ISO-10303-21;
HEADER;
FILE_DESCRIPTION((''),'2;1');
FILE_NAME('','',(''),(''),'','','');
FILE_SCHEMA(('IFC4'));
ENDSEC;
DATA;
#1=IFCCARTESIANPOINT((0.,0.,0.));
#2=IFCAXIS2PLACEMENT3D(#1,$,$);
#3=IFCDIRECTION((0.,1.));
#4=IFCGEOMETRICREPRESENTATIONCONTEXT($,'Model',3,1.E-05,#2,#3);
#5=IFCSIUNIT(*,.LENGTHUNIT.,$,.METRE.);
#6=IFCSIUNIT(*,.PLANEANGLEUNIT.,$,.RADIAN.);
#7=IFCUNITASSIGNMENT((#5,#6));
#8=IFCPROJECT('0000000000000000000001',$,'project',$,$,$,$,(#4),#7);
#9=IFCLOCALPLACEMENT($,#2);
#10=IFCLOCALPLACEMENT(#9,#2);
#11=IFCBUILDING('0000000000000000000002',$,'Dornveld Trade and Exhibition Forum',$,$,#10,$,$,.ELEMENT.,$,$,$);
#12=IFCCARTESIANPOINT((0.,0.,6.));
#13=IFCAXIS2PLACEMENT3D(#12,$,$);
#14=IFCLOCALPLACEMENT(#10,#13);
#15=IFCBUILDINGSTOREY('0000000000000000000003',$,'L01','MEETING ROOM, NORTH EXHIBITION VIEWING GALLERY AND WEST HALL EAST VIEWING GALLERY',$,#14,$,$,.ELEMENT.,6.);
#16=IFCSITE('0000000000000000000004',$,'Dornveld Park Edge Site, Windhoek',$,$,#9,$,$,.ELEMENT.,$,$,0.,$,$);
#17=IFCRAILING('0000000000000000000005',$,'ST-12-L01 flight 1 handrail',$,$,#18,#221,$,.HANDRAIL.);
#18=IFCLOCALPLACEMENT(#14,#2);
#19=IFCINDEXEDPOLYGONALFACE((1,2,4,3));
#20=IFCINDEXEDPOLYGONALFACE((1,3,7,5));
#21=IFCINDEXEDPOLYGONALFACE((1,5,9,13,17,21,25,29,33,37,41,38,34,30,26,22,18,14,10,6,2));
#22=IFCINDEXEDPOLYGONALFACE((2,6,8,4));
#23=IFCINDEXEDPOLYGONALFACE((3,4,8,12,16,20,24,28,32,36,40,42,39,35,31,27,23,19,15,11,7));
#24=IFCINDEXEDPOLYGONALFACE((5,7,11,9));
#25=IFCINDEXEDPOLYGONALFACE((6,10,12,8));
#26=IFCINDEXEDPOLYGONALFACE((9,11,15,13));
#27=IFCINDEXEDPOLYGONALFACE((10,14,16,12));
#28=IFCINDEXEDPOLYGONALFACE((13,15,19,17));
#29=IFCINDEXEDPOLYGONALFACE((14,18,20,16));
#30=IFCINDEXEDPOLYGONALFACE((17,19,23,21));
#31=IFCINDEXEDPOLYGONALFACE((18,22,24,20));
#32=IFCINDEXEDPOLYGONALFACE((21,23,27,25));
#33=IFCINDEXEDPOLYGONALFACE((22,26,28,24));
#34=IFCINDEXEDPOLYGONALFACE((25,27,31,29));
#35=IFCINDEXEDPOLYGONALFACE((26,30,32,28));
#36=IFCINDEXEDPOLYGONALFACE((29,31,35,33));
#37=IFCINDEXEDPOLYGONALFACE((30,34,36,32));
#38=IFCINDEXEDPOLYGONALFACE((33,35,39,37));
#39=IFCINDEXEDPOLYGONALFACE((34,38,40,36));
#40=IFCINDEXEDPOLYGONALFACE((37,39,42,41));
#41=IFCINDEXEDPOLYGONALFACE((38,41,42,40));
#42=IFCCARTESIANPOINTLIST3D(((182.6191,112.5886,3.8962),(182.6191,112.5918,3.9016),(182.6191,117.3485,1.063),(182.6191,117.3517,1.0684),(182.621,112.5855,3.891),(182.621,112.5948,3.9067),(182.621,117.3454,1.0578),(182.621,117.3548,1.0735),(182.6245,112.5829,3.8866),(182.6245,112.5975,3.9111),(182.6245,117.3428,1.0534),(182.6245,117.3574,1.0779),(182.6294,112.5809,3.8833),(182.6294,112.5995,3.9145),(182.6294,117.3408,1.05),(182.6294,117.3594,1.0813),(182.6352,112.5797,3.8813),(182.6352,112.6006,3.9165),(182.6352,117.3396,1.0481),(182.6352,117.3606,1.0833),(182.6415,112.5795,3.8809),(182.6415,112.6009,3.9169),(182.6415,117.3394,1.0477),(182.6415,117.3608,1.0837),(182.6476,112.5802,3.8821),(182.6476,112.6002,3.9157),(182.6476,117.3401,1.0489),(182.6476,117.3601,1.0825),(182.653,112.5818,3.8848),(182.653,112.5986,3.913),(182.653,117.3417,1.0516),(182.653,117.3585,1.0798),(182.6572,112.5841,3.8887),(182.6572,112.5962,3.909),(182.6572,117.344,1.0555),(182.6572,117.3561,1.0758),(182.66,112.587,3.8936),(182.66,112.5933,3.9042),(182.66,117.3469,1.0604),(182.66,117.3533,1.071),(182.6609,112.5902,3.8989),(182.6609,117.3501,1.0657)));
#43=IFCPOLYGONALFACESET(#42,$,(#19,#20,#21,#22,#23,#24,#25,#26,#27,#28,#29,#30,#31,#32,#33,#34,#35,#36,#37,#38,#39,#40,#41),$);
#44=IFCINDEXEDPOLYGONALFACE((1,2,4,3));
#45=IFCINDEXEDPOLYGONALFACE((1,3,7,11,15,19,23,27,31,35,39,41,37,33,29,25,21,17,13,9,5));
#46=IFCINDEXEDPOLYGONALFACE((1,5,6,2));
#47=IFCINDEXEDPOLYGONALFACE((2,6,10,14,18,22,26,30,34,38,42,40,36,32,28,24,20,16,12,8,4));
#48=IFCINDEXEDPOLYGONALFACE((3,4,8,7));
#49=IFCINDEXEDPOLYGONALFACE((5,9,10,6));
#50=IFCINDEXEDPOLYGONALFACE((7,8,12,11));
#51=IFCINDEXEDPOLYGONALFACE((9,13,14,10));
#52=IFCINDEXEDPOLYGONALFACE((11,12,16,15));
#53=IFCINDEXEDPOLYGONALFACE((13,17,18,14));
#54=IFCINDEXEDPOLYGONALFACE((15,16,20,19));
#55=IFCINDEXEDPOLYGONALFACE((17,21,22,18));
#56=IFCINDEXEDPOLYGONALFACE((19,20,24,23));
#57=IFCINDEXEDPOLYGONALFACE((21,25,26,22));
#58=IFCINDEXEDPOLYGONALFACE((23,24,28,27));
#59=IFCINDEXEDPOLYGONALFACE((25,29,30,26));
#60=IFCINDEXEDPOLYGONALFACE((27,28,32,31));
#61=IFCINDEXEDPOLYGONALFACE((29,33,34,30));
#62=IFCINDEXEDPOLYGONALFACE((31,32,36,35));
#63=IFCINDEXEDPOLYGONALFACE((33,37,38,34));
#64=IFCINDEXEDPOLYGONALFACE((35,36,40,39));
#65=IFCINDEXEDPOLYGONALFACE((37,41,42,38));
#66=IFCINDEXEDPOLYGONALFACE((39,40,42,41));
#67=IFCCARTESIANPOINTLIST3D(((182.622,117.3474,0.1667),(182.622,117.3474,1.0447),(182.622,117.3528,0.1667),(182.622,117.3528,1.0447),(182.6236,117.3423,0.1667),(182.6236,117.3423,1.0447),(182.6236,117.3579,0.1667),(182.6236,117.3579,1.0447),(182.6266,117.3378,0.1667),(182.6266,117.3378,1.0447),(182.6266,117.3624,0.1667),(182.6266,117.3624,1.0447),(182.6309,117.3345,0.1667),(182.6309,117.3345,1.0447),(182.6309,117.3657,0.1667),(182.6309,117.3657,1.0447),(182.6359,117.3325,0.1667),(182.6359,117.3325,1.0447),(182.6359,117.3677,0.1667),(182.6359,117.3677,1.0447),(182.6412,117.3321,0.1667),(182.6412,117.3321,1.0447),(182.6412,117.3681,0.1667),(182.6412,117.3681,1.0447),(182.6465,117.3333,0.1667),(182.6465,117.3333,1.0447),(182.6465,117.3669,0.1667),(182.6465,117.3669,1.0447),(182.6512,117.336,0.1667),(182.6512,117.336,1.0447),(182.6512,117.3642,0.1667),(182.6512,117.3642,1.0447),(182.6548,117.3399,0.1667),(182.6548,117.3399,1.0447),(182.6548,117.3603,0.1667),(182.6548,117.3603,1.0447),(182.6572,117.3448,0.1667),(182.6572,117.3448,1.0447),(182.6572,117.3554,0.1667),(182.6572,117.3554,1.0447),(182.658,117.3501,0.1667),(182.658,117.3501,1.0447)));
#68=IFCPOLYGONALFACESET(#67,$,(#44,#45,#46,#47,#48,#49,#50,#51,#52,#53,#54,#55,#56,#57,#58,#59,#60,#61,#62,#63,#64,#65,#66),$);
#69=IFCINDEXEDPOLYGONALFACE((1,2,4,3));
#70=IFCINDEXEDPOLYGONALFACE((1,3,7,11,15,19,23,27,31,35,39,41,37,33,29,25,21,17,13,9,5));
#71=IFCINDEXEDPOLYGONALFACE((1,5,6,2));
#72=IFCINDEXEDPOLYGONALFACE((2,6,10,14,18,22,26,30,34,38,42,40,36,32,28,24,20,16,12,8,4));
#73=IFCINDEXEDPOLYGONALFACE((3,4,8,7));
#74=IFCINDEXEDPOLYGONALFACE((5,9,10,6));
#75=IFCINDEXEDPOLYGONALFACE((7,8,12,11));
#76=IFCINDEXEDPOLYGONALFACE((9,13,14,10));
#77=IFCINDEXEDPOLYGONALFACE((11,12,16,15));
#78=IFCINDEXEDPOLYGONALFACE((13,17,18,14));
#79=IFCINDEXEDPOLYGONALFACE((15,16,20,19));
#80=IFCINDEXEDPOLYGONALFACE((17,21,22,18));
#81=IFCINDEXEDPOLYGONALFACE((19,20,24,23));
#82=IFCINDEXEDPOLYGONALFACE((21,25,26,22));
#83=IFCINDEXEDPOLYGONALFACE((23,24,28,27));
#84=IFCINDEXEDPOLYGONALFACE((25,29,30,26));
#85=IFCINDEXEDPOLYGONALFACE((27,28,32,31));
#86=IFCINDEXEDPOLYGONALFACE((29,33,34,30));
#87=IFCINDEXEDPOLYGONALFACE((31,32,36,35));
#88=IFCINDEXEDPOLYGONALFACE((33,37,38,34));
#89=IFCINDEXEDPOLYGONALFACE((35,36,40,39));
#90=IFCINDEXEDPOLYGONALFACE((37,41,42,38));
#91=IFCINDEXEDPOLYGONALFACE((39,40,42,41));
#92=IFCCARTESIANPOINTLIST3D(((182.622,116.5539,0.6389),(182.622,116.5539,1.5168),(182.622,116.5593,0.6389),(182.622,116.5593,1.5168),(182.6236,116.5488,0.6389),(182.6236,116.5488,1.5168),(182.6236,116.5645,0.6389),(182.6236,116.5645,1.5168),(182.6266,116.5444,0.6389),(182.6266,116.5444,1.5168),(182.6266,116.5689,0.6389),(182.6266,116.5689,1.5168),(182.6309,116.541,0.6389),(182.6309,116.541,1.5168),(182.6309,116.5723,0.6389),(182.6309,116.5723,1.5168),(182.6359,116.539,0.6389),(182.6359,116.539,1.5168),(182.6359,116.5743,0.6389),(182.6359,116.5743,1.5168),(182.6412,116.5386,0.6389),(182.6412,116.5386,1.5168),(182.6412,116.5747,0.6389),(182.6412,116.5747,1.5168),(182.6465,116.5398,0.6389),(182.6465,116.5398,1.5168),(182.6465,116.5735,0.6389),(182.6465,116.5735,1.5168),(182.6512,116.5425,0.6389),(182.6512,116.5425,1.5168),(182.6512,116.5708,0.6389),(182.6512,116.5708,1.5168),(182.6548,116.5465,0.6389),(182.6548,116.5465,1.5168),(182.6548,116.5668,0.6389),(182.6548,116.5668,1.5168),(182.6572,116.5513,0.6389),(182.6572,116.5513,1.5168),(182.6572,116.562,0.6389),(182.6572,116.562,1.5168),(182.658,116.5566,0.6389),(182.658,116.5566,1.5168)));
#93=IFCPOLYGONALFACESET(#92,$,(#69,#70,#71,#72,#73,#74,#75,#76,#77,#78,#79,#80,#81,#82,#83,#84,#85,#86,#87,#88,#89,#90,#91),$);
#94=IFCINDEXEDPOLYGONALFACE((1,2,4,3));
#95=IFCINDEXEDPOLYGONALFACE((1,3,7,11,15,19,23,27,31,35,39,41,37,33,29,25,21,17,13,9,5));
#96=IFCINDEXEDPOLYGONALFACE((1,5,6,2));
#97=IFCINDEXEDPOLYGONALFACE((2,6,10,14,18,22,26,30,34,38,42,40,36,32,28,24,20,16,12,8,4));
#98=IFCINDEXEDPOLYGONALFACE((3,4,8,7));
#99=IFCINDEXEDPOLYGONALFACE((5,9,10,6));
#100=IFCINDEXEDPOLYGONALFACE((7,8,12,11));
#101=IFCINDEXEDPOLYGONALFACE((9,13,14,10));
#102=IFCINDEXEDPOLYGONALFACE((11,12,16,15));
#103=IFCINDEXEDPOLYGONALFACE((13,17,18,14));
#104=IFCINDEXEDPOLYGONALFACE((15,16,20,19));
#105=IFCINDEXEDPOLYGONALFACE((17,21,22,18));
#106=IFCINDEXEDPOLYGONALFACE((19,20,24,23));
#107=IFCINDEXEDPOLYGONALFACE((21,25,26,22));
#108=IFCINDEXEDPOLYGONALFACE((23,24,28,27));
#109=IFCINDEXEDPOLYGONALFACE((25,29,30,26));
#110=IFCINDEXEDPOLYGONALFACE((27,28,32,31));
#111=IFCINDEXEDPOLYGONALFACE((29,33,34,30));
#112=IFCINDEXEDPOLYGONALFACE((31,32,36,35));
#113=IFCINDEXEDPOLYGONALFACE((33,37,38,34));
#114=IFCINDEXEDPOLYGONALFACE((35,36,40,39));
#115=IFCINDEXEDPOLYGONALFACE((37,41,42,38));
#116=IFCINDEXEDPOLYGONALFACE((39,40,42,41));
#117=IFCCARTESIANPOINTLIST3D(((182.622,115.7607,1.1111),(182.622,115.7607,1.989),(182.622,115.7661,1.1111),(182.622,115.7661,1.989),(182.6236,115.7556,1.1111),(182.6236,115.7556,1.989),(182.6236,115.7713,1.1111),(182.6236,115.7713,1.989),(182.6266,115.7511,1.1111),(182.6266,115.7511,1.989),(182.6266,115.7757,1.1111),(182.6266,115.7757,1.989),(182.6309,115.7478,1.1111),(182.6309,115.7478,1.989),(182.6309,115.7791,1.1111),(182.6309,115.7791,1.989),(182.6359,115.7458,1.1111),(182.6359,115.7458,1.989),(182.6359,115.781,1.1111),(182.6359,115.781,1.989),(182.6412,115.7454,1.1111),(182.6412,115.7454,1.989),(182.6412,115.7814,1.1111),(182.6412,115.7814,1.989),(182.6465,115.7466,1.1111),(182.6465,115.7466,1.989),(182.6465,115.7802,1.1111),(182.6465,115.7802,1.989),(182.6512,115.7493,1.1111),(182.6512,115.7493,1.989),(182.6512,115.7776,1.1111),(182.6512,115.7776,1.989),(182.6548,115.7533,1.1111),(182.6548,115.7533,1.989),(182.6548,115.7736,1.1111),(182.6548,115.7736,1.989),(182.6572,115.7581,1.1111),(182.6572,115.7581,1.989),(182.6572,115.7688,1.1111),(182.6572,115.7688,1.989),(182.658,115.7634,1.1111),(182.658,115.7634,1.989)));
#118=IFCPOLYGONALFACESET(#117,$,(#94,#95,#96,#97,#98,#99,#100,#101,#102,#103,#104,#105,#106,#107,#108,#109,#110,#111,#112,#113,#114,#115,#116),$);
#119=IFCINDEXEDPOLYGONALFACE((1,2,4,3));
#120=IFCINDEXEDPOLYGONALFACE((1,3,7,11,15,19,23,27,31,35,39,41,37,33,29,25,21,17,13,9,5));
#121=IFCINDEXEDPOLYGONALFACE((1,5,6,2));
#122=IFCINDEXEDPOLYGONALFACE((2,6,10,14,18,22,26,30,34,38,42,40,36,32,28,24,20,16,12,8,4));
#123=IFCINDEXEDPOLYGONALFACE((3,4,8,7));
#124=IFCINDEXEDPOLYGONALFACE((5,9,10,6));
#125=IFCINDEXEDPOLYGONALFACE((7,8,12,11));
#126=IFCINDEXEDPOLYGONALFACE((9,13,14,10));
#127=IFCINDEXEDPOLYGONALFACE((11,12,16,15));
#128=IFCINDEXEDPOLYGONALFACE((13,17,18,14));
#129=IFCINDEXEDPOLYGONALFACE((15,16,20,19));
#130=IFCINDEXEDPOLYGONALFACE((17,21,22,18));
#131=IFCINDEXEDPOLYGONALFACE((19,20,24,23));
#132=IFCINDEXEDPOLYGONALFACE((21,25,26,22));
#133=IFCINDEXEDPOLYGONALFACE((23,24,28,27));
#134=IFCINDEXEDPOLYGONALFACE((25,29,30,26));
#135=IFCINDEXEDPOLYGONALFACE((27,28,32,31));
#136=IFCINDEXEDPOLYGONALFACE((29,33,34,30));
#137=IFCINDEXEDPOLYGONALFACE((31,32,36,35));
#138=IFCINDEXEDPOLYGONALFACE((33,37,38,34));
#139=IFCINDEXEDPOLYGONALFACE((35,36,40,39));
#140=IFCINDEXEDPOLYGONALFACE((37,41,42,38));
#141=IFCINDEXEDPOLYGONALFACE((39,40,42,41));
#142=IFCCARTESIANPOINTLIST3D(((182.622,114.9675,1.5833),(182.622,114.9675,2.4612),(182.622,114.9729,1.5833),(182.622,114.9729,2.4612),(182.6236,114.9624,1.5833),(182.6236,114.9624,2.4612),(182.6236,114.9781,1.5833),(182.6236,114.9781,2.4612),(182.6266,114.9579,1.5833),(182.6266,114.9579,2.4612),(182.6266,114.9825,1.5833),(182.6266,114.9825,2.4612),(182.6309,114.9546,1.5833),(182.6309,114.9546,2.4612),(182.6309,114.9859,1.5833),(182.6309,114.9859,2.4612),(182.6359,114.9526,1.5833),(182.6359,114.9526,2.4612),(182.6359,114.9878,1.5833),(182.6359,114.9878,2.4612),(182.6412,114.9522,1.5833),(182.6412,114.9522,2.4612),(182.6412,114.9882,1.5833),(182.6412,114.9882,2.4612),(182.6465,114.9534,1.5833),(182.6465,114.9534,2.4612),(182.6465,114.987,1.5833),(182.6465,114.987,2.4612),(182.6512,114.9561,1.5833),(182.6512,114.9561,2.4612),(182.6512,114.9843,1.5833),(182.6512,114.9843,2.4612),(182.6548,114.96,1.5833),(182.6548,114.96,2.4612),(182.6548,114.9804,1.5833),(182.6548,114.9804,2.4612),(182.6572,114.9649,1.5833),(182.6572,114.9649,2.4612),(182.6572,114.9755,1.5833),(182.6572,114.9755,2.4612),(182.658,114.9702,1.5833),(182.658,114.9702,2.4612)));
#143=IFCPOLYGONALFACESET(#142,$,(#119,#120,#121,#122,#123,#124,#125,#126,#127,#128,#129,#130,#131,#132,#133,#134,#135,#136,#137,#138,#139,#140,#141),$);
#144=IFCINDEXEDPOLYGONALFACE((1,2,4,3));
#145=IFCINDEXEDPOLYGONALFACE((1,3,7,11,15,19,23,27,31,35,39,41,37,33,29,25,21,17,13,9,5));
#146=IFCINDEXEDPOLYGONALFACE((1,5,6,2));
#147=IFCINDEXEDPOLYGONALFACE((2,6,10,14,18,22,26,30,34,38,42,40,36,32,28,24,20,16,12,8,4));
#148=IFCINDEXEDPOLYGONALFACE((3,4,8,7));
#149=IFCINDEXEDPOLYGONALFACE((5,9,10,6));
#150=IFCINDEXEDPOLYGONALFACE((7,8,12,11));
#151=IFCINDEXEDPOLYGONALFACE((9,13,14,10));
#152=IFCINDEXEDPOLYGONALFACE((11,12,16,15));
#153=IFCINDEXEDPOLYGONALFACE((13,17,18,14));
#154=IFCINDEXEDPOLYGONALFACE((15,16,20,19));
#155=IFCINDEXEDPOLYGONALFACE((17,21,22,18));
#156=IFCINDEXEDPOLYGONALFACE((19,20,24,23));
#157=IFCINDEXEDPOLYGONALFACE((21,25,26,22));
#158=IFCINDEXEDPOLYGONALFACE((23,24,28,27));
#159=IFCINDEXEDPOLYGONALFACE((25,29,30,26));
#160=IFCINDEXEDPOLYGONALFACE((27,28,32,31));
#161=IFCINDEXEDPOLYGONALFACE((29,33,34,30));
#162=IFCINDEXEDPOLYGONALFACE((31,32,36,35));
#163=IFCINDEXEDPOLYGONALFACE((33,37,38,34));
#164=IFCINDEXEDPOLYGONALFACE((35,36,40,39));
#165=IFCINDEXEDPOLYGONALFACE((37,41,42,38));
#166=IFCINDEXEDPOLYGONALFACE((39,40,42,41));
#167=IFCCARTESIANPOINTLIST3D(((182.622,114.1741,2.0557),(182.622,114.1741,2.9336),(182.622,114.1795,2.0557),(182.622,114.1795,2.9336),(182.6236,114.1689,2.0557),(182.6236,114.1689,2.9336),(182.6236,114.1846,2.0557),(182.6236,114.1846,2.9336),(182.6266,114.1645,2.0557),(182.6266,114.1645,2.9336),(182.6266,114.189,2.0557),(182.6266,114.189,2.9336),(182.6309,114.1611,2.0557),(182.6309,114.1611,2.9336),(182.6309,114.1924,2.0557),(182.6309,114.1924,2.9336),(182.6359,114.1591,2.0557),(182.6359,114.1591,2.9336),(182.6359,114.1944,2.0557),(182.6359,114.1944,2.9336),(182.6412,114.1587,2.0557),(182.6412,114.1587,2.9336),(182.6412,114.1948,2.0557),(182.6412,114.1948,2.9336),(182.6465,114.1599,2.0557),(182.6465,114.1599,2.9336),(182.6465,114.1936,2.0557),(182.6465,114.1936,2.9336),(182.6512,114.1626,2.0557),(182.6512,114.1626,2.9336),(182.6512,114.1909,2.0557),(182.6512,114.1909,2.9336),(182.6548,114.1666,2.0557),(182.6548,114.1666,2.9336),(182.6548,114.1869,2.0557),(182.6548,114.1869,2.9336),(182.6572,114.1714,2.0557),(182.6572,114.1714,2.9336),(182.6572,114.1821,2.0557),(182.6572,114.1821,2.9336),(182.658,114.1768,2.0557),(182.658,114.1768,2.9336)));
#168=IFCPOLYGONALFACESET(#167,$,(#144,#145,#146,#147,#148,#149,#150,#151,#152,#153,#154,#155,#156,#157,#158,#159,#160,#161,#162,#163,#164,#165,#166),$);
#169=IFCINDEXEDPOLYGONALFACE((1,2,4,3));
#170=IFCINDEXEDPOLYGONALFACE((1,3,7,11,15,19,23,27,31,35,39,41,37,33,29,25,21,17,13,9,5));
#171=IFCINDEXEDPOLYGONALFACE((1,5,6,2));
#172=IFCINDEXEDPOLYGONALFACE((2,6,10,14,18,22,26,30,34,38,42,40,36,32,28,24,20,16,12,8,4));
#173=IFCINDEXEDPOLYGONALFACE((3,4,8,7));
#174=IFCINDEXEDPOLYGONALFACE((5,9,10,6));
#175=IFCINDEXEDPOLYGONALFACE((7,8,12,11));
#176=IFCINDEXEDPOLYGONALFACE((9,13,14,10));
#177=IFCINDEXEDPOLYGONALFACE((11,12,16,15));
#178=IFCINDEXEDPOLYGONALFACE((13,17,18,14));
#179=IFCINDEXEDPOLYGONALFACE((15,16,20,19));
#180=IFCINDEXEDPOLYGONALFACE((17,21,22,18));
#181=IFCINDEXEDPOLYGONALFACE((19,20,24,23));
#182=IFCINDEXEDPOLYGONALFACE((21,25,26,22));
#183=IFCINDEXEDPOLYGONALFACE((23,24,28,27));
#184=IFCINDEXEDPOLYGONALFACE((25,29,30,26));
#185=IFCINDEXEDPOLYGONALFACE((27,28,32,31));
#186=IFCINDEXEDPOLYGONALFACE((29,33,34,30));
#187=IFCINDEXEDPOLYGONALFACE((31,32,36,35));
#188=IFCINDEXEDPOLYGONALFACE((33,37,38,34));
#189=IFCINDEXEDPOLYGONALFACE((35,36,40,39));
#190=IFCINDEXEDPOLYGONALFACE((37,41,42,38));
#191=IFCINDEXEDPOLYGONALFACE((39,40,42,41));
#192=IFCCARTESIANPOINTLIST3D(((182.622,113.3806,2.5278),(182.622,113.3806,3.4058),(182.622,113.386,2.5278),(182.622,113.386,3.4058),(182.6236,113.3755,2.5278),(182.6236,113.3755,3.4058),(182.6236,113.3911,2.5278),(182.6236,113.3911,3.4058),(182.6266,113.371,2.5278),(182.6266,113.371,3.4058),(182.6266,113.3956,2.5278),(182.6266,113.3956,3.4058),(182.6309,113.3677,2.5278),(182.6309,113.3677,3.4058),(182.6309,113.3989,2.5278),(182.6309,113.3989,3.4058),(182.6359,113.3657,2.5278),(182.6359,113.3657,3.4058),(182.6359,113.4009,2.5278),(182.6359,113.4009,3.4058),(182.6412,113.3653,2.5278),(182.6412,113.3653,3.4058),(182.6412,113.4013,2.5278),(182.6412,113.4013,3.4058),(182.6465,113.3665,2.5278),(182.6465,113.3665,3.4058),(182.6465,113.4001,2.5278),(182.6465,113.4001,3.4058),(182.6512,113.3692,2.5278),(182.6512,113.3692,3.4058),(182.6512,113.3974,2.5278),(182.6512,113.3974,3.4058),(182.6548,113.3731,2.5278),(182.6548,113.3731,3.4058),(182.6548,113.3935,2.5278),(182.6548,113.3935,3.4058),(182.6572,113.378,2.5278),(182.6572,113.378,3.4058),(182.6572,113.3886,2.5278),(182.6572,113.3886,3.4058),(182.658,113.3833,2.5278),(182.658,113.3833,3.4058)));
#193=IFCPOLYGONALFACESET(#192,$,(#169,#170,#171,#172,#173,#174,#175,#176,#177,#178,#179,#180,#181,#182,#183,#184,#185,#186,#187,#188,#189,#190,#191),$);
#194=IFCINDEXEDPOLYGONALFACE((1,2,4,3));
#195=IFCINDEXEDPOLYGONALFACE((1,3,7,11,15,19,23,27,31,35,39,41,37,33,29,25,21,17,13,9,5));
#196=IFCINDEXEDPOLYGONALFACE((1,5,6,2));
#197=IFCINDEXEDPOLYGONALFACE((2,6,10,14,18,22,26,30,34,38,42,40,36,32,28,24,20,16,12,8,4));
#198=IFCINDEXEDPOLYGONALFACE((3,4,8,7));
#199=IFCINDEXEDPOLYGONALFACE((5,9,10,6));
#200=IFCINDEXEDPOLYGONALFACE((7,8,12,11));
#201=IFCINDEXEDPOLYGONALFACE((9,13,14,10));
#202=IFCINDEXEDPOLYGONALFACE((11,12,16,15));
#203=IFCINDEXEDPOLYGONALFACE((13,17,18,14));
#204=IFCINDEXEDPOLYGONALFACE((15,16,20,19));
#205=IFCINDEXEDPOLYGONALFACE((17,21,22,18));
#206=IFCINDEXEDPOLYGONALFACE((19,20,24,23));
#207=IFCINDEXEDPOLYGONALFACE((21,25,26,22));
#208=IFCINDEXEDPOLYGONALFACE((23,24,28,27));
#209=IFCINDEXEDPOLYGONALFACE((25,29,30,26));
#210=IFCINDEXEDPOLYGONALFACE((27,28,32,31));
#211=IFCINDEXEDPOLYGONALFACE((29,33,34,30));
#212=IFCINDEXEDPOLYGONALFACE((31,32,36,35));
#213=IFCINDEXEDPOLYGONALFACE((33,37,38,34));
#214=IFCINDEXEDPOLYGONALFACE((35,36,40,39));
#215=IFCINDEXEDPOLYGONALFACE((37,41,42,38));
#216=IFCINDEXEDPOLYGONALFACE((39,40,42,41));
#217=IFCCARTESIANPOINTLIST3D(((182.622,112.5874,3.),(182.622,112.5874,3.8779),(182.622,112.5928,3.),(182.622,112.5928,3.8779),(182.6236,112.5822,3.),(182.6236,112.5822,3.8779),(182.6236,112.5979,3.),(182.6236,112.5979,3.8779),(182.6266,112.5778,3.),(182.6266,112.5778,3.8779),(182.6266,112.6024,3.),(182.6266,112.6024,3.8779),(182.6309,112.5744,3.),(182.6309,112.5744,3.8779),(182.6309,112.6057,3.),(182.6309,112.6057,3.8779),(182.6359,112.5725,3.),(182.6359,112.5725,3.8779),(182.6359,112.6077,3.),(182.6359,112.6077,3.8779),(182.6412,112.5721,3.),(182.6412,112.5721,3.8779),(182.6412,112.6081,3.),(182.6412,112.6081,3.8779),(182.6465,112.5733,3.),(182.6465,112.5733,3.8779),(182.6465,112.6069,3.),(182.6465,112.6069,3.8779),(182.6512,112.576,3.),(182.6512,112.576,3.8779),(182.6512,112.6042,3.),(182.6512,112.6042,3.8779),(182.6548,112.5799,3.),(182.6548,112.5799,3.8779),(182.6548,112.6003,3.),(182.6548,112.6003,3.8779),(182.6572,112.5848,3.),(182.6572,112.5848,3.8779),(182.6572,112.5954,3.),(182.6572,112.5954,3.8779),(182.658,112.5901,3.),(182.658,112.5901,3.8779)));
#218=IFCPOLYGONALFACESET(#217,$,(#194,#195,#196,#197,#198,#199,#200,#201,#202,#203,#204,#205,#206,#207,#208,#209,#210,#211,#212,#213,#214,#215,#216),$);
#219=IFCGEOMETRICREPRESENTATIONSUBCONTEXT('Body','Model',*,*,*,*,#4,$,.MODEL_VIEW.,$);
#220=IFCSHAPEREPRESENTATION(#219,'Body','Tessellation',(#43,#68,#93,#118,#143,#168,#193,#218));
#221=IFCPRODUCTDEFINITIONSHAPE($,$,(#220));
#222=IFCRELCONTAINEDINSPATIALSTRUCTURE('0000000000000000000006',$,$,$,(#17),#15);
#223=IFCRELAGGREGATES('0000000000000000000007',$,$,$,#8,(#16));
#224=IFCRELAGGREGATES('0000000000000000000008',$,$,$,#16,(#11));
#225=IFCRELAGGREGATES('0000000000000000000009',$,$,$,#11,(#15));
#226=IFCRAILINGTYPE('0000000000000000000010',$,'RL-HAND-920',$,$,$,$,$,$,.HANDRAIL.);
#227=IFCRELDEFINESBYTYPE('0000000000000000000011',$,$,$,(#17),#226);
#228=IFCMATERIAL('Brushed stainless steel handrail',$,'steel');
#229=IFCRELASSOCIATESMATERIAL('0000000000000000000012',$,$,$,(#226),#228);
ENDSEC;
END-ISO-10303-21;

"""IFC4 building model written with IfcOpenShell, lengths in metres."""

from ifc_helpers import new_model, si_unit, direction, frame, origin, origin_2d, place, context, subcontext, project, spatial, circle, extrude, material, type_object, element, save


model = new_model("IFC4")

# Units and contexts
model_context = context("Model", 3, precision=1e-05, world=origin(), true_north=direction((0.0, 1.0)))
body_context = subcontext(model_context, "Body", "Model", "MODEL_VIEW")
ifc_project = project(units=[si_unit("LENGTHUNIT", "METRE"), si_unit("PLANEANGLEUNIT", "RADIAN")], contexts=[model_context])

# Site, building, storey
site_placement = place(None, origin())
site = spatial("IfcSite", under=ifc_project, at=site_placement, Name="Dornveld Park Edge Site, Windhoek", CompositionType="ELEMENT", RefElevation=0.0)
building_placement = place(site_placement, origin())
building = spatial("IfcBuilding", under=site, at=building_placement, Name="Dornveld Trade and Exhibition Forum", CompositionType="ELEMENT")
storey_placement = place(building_placement, frame((0.0, 0.0, 6.0)))
storey = spatial("IfcBuildingStorey", under=building, at=storey_placement, Name="L01", Description="MEETING ROOM, NORTH EXHIBITION VIEWING GALLERY AND WEST HALL EAST VIEWING GALLERY", CompositionType="ELEMENT", Elevation=6.0)

# Railing
ifc_material_1 = material(Name="Brushed stainless steel handrail", Category="steel")
railing_type_1 = type_object("IfcRailingType", Name="RL-HAND-920", PredefinedType="HANDRAIL", material=ifc_material_1)
railing_1_placement = place(storey_placement, frame((182.6399, 117.3501, 0.1667)))
element("IfcRailing", 1, at=railing_1_placement, inside=storey, type_object=railing_type_1, Name="ST-12-L01 flight 1 handrail", PredefinedType="HANDRAIL", context=body_context, shape_type="SweptSolid", body=[
    extrude(circle(Radius=0.021, at=origin_2d()), frame((0.0, 0.0, 0.8989), z_axis=(0.0, -0.8593, 0.511472), x_axis=(1.0, 0.0, 0.0)), (0.0, 0.0, 1.0), 5.5393),
    extrude(circle(Radius=0.0181, at=origin_2d()), origin(), (0.0, 0.0, 1.0), 0.8779),
    extrude(circle(Radius=0.0181, at=origin_2d()), frame((0.0, -0.7935, 0.4722)), (0.0, 0.0, 1.0), 0.8779),
    extrude(circle(Radius=0.0181, at=origin_2d()), frame((0.0, -1.5867, 0.9443)), (0.0, 0.0, 1.0), 0.8779),
    extrude(circle(Radius=0.0181, at=origin_2d()), frame((0.0, -2.3799, 1.4165)), (0.0, 0.0, 1.0), 0.8779),
    extrude(circle(Radius=0.0181, at=origin_2d()), frame((0.0, -3.1733, 1.8889)), (0.0, 0.0, 1.0), 0.8779),
    extrude(circle(Radius=0.0181, at=origin_2d()), frame((0.0, -3.9668, 2.3611)), (0.0, 0.0, 1.0), 0.8779),
    extrude(circle(Radius=0.0181, at=origin_2d()), frame((0.0, -4.76, 2.8333)), (0.0, 0.0, 1.0), 0.8779),
])

save(model, "model.ifc")
